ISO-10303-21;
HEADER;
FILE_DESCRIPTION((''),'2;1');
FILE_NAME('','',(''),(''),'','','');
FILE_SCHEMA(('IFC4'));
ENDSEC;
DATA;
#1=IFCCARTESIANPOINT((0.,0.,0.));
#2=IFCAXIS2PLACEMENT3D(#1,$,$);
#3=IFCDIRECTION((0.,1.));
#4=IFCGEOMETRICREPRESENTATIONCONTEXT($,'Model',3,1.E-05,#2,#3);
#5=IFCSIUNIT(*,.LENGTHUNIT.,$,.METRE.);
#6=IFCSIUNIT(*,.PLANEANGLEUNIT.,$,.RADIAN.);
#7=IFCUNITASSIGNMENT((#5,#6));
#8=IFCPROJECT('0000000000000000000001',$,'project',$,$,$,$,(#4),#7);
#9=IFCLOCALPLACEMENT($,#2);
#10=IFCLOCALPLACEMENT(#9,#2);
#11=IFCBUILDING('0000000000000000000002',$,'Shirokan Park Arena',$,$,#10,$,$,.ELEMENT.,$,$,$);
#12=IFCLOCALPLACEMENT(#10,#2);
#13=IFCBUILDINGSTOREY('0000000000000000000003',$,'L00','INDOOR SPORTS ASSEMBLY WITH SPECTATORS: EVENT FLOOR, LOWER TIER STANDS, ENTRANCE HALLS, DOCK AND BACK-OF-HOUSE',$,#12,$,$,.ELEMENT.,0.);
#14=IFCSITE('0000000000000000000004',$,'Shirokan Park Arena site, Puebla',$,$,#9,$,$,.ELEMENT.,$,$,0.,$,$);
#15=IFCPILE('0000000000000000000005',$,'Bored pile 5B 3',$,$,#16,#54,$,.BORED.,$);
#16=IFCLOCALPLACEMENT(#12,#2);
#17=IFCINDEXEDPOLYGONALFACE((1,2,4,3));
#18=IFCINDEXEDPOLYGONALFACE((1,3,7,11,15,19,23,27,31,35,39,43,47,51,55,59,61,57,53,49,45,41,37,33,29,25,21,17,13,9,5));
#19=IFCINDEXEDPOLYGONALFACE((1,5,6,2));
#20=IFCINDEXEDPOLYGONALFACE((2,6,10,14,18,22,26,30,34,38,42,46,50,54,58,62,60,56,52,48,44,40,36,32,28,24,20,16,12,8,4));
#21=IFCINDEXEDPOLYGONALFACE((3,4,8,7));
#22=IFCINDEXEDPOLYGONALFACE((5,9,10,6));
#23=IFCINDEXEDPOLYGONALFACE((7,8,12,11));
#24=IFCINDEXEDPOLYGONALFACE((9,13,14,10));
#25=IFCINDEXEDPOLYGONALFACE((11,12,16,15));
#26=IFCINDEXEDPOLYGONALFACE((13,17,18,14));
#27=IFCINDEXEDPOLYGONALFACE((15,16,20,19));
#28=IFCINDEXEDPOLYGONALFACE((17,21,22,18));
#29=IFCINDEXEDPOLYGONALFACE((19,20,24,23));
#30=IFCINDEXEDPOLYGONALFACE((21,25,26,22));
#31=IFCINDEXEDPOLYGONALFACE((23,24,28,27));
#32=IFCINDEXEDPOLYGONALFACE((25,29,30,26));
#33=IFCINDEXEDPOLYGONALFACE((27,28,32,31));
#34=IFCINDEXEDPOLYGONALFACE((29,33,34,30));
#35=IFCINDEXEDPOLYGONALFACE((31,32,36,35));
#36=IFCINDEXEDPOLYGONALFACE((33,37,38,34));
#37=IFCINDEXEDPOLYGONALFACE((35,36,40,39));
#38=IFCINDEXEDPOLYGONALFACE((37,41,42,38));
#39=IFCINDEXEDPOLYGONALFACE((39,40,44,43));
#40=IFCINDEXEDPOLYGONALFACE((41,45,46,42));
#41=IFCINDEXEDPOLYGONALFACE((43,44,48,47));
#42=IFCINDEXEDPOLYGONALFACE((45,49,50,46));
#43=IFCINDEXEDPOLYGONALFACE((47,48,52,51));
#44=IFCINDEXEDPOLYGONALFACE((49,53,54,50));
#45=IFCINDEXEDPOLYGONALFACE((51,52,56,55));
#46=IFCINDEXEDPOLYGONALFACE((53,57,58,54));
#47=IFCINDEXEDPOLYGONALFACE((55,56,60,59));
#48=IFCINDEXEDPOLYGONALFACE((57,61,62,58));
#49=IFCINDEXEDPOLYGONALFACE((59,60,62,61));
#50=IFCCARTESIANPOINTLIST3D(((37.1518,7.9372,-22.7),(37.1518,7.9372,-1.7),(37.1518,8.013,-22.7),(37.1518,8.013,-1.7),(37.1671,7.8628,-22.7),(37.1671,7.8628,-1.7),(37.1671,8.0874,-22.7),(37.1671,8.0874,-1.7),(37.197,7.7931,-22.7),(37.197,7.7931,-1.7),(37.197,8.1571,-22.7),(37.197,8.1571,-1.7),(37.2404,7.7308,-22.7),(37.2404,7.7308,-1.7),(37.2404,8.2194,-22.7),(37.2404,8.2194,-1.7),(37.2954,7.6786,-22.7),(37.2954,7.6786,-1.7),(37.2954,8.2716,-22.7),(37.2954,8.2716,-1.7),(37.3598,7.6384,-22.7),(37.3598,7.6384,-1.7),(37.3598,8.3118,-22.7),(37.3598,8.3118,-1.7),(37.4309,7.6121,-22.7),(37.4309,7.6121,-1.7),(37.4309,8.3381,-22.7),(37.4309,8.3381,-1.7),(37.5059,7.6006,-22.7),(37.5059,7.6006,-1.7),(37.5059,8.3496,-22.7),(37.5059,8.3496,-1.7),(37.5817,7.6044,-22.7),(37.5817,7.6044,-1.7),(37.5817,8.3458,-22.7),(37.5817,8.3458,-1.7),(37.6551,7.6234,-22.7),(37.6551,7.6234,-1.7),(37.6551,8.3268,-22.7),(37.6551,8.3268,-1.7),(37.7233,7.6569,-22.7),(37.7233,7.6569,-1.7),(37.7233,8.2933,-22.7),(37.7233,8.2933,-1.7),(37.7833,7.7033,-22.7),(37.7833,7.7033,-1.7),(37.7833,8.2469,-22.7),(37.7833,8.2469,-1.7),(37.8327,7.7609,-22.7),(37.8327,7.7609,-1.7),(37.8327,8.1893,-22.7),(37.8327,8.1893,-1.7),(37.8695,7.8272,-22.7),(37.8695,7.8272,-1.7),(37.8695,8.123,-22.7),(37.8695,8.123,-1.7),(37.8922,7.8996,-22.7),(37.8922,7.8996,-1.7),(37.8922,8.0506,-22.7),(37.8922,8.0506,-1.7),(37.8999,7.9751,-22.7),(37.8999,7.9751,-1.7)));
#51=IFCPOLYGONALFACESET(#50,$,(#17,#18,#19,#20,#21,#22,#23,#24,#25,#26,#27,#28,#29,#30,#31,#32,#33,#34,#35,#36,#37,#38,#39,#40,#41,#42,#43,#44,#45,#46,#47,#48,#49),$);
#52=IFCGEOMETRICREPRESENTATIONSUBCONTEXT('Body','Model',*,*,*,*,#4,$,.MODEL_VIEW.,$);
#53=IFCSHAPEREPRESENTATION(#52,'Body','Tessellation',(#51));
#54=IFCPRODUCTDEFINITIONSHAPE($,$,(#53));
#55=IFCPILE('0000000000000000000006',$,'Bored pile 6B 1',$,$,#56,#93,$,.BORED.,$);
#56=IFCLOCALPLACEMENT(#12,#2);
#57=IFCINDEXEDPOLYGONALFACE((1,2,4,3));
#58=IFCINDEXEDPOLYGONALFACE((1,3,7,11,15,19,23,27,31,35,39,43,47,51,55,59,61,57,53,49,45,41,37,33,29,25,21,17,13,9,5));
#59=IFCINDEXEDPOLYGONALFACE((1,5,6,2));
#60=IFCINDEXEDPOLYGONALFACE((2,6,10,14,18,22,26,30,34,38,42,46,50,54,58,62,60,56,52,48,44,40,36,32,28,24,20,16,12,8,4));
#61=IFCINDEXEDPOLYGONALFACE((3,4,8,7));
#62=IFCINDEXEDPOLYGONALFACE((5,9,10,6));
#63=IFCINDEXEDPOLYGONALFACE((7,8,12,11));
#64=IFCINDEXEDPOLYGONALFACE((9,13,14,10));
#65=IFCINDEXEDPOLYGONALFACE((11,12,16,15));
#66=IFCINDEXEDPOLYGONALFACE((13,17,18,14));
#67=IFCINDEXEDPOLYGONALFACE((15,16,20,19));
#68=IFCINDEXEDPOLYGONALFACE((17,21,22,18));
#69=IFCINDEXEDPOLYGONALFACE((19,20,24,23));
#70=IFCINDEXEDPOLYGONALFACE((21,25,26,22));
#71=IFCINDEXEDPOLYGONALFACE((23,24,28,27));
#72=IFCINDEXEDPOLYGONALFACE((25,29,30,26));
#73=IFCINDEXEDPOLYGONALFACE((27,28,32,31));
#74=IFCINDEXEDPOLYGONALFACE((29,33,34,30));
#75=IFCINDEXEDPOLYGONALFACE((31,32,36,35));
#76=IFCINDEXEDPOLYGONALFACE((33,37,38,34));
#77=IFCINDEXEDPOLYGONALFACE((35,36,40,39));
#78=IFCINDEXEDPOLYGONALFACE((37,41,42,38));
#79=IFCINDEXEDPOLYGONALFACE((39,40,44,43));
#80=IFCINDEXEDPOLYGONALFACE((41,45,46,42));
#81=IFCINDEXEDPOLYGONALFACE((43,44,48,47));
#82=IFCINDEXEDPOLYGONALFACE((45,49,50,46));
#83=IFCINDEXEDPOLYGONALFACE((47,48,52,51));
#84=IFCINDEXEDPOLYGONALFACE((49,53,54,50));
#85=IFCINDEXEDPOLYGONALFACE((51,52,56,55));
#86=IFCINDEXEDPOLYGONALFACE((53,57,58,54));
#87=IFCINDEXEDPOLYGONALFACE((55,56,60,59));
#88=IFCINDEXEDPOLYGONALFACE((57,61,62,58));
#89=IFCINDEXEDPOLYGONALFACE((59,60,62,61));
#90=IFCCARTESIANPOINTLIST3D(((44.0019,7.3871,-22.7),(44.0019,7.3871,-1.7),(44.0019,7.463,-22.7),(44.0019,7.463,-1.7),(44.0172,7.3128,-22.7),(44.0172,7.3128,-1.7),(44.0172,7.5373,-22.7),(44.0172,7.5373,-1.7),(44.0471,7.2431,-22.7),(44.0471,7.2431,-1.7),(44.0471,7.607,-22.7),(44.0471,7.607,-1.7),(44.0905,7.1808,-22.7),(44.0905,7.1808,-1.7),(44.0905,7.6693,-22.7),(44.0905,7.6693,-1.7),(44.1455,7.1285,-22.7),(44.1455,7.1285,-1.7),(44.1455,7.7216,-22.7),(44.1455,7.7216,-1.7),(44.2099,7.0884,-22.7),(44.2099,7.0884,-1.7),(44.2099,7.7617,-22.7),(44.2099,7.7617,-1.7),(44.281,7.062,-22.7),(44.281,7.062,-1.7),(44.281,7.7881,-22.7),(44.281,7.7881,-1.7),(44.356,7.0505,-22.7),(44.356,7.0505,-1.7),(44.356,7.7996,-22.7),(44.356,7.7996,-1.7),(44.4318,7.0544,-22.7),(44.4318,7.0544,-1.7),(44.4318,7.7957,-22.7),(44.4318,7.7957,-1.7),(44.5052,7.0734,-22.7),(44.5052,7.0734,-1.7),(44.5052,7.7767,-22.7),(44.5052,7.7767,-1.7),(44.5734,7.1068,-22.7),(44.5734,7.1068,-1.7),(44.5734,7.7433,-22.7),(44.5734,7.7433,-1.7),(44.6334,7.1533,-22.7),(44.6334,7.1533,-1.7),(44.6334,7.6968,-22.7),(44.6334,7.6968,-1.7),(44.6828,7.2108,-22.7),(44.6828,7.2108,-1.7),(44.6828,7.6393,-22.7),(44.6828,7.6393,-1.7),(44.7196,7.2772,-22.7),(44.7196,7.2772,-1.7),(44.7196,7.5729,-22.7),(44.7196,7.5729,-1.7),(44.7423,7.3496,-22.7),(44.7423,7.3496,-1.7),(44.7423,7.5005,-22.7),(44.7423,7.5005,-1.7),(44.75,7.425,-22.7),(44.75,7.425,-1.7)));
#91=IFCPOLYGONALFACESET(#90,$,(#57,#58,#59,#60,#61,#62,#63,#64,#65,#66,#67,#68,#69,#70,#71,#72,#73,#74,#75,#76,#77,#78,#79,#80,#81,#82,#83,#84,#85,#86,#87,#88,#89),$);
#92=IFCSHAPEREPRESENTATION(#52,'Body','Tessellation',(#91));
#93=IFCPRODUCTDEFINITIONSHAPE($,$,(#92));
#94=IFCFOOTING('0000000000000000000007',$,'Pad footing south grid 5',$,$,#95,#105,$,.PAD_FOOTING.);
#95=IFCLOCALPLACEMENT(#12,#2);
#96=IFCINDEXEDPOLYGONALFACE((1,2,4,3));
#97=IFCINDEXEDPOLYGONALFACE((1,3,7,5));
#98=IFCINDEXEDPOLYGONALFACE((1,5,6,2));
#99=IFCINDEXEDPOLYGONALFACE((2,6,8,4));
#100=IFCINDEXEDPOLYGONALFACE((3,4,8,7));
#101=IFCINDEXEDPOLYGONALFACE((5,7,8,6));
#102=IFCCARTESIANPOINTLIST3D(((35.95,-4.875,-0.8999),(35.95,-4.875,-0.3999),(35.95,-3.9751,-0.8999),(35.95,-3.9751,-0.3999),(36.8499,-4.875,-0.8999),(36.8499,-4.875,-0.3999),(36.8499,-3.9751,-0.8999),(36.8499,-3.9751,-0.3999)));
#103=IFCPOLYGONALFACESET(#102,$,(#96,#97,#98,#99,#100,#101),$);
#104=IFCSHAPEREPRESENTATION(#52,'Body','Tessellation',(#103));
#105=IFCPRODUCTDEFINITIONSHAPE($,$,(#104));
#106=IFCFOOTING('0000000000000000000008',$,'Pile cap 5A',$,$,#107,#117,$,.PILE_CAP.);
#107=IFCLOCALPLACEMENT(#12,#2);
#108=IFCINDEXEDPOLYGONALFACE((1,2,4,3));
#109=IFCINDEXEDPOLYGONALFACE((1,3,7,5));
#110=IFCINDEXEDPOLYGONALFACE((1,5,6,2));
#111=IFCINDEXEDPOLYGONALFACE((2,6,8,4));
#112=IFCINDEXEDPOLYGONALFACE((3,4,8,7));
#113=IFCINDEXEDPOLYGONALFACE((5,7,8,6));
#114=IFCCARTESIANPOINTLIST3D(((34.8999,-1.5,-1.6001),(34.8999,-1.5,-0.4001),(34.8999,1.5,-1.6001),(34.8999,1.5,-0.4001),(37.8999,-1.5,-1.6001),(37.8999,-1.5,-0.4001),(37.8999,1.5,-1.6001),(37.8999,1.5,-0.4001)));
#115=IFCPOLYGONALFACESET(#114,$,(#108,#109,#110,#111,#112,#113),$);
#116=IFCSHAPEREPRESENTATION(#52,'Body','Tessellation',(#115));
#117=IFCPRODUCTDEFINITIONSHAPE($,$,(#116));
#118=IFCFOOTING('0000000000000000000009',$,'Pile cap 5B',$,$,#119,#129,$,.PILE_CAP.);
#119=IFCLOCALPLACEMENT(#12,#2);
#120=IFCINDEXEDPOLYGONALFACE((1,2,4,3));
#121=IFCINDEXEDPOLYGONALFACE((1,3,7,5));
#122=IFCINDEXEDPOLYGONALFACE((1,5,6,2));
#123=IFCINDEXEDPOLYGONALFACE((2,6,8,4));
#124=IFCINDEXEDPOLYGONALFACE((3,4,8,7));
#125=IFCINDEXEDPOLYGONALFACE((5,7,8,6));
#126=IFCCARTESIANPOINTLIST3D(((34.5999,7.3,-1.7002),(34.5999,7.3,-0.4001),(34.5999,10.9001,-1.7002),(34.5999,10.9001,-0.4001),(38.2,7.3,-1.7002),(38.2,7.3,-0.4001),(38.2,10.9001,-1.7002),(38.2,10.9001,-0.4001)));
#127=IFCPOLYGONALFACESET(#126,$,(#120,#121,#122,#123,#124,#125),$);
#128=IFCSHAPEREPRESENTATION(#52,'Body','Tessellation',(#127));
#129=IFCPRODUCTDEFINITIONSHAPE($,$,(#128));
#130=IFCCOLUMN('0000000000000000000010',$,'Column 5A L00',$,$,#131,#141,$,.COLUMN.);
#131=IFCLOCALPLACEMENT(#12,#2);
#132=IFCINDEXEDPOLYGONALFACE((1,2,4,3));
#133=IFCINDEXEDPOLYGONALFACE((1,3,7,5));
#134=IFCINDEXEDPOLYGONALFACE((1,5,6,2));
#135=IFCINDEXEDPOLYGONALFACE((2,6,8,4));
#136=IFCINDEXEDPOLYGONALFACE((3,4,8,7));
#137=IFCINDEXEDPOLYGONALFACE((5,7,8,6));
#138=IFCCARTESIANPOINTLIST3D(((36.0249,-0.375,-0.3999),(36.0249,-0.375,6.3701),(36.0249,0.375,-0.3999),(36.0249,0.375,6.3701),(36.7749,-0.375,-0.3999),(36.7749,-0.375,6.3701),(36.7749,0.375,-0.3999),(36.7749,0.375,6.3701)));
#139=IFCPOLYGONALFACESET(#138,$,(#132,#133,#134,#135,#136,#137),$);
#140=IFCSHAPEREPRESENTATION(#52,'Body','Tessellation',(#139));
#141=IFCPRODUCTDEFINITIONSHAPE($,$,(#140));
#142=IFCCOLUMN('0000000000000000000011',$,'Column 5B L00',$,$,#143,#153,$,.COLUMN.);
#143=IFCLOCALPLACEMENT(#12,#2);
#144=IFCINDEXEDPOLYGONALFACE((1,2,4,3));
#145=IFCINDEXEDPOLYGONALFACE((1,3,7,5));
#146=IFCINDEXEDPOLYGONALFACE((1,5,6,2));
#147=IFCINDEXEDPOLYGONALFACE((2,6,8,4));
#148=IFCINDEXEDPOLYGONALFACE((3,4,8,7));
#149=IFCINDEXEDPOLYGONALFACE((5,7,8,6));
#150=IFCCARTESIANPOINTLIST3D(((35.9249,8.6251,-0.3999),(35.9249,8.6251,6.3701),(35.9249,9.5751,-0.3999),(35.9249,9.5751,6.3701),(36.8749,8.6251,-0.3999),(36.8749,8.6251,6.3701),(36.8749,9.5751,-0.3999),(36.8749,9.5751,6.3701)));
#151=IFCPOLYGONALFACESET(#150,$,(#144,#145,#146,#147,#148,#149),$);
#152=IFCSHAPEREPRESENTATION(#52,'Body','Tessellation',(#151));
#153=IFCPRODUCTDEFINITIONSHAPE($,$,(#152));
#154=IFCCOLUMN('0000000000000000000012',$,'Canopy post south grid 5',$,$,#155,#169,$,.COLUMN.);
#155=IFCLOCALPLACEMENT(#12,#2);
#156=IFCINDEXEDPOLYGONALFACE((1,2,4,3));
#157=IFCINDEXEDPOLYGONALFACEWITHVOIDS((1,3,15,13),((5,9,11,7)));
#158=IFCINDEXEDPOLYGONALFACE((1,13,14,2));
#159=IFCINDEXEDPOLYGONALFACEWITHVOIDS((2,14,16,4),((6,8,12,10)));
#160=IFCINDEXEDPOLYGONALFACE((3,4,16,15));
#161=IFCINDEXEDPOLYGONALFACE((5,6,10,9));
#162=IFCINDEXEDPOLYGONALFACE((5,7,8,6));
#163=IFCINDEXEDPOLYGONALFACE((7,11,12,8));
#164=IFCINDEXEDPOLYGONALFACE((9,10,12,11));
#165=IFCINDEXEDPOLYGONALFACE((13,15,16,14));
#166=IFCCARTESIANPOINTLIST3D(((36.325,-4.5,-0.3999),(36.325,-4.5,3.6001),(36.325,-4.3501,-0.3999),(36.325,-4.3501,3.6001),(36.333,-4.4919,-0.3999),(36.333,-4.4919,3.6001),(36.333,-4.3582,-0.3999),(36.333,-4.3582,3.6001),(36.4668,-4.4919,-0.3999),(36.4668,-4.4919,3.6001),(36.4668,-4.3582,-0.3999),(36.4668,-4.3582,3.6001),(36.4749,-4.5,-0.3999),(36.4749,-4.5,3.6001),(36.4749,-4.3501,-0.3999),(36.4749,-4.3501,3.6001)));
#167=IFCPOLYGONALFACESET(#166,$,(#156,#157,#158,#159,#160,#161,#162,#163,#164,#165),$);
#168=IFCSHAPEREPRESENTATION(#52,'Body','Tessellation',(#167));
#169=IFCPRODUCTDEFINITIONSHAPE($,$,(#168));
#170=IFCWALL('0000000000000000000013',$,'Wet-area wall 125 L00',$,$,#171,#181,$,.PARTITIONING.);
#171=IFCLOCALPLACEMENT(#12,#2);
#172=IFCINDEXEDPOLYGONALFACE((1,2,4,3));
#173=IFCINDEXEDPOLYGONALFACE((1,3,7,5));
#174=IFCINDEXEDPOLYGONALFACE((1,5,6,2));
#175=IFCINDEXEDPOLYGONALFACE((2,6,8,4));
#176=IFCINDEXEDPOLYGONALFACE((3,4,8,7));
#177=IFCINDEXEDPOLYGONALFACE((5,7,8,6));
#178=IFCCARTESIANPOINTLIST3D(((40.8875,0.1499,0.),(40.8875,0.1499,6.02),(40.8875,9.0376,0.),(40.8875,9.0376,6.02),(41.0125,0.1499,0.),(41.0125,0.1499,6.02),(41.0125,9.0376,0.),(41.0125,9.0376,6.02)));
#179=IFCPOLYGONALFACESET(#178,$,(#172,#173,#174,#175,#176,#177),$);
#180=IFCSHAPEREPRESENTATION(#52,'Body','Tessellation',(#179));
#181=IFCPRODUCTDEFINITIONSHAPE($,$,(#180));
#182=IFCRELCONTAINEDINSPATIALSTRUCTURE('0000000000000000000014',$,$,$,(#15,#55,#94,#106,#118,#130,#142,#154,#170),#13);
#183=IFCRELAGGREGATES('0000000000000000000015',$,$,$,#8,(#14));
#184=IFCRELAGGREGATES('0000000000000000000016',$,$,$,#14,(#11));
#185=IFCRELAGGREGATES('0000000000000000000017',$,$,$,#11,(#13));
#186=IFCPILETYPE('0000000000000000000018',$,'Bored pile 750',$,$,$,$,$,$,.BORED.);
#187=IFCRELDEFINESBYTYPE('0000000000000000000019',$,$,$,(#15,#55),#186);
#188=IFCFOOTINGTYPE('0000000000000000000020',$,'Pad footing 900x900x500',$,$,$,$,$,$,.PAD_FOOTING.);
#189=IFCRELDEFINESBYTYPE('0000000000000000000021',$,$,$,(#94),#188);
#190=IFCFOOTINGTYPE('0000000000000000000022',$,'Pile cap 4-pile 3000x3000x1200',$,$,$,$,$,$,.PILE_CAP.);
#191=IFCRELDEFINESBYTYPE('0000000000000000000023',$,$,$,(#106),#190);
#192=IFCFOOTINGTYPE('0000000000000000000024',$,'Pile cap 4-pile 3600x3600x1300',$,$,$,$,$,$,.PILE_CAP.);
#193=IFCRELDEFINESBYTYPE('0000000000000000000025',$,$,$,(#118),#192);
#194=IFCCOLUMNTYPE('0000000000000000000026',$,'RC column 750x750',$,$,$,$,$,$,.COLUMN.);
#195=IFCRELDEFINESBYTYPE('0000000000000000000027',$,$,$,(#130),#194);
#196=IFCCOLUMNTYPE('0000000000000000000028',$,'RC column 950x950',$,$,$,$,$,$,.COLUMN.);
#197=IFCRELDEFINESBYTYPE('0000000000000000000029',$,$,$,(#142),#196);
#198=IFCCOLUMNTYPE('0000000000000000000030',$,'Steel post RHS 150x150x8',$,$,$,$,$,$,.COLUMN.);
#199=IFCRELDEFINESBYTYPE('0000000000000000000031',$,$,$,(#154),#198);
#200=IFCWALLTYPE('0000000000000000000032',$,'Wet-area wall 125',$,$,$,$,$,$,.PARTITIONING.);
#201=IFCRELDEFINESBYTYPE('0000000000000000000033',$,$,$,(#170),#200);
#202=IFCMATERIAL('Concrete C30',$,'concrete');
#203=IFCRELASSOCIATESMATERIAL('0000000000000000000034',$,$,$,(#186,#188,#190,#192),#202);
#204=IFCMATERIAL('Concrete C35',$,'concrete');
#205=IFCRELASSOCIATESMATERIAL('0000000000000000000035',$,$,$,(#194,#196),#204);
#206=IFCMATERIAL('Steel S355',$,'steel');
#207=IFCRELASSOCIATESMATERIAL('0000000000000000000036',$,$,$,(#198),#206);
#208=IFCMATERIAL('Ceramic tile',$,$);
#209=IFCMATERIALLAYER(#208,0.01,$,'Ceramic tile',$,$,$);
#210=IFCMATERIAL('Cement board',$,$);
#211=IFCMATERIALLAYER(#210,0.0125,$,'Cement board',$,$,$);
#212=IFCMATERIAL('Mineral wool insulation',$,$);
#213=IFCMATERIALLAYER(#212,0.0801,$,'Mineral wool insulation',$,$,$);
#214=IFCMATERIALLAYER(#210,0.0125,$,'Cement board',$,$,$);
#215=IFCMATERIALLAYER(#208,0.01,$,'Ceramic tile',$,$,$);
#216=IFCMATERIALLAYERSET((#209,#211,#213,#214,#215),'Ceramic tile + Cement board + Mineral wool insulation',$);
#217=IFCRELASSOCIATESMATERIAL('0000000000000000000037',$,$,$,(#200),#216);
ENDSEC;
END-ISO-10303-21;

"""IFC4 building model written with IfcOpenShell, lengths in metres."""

from ifc_helpers import new_model, si_unit, direction, frame, frame_2d, origin, origin_2d, place, context, subcontext, project, spatial, rectangle, hollow_rectangle, circle, extrude, material, layer, layer_set, material_profile, profile_set, type_object, element, save


model = new_model("IFC4")

# Units and contexts
model_context = context("Model", 3, precision=1e-05, world=origin(), true_north=direction((0.0, 1.0)))
body_context = subcontext(model_context, "Body", "Model", "MODEL_VIEW")
ifc_project = project(units=[si_unit("LENGTHUNIT", "METRE"), si_unit("PLANEANGLEUNIT", "RADIAN")], contexts=[model_context])

# Site, building, storey
site_placement = place(None, origin())
site = spatial("IfcSite", under=ifc_project, at=site_placement, Name="Shirokan Park Arena site, Puebla", CompositionType="ELEMENT", RefElevation=0.0)
building_placement = place(site_placement, origin())
building = spatial("IfcBuilding", under=site, at=building_placement, Name="Shirokan Park Arena", CompositionType="ELEMENT")
storey_placement = place(building_placement, origin())
storey = spatial("IfcBuildingStorey", under=building, at=storey_placement, Name="L00", Description="INDOOR SPORTS ASSEMBLY WITH SPECTATORS: EVENT FLOOR, LOWER TIER STANDS, ENTRANCE HALLS, DOCK AND BACK-OF-HOUSE", CompositionType="ELEMENT", Elevation=0.0)

# Piles
ifc_material_1 = material(Name="Concrete C30", Category="concrete")
ifc_material_profile_1 = material_profile(ifc_material_1, circle(Radius=0.375, at=origin_2d()), Name="D750")
ifc_profile_set_1 = profile_set([ifc_material_profile_1], Name="Concrete C30")
pile_type_1 = type_object("IfcPileType", Name="Bored pile 750", PredefinedType="BORED", material=ifc_profile_set_1)
for number, where, z_axis, x_axis, name in (
    (1, (37.5249, 7.9751, -1.7), (0.0, 0.0, -1.0), (1.0, 0.0, 0.0), "Bored pile 5B 3"),
    (2, (44.375, 7.425, -1.7), (0.0, 0.0, -1.0), (1.0, 0.0, 0.0), "Bored pile 6B 1"),
):
    element("IfcPile", number, at=place(storey_placement, frame(where, z_axis=z_axis, x_axis=x_axis)), inside=storey, type_object=pile_type_1, Name=name, PredefinedType="BORED", context=body_context, shape_type="SweptSolid", body=[
        extrude(circle(Radius=0.375, at=origin_2d()), origin(), (0.0, 0.0, 1.0), 21.0),
    ])

# Footings
footing_type_1 = type_object("IfcFootingType", Name="Pad footing 900x900x500", PredefinedType="PAD_FOOTING", material=ifc_material_1)
footing_1_placement = place(storey_placement, frame((36.3999, -4.425, -0.8999), z_axis=(0.0, 0.0, 1.0), x_axis=(1.0, 0.0, 0.0)))
element("IfcFooting", 3, at=footing_1_placement, inside=storey, type_object=footing_type_1, Name="Pad footing south grid 5", PredefinedType="PAD_FOOTING", context=body_context, shape_type="SweptSolid", body=[
    extrude(rectangle(XDim=0.8999, YDim=0.8999, at=origin_2d()), origin(), (0.0, 0.0, 1.0), 0.5),
])
footing_type_2 = type_object("IfcFootingType", Name="Pile cap 4-pile 3000x3000x1200", PredefinedType="PILE_CAP", material=ifc_material_1)
footing_2_placement = place(storey_placement, frame((36.3999, 0.0, -1.6001), z_axis=(0.0, 0.0, 1.0), x_axis=(1.0, 0.0, 0.0)))
element("IfcFooting", 4, at=footing_2_placement, inside=storey, type_object=footing_type_2, Name="Pile cap 5A", PredefinedType="PILE_CAP", context=body_context, shape_type="SweptSolid", body=[
    extrude(rectangle(XDim=3.0, YDim=3.0, at=origin_2d()), origin(), (0.0, 0.0, 1.0), 1.2),
])
footing_type_3 = type_object("IfcFootingType", Name="Pile cap 4-pile 3600x3600x1300", PredefinedType="PILE_CAP", material=ifc_material_1)
footing_3_placement = place(storey_placement, frame((36.3999, 9.1001, -1.7002), z_axis=(0.0, 0.0, 1.0), x_axis=(1.0, 0.0, 0.0)))
element("IfcFooting", 5, at=footing_3_placement, inside=storey, type_object=footing_type_3, Name="Pile cap 5B", PredefinedType="PILE_CAP", context=body_context, shape_type="SweptSolid", body=[
    extrude(rectangle(XDim=3.6001, YDim=3.6001, at=origin_2d()), origin(), (0.0, 0.0, 1.0), 1.3),
])

# Columns
ifc_material_2 = material(Name="Concrete C35", Category="concrete")
ifc_material_profile_2 = material_profile(ifc_material_2, rectangle(XDim=0.75, YDim=0.75, at=origin_2d()), Name="750x750")
ifc_profile_set_2 = profile_set([ifc_material_profile_2], Name="Concrete C35")
column_type_1 = type_object("IfcColumnType", Name="RC column 750x750", PredefinedType="COLUMN", material=ifc_profile_set_2)
column_1_placement = place(storey_placement, frame((36.3999, 0.0, -0.3999), z_axis=(0.0, 0.0, 1.0), x_axis=(1.0, 0.0, 0.0)))
element("IfcColumn", 6, at=column_1_placement, inside=storey, type_object=column_type_1, Name="Column 5A L00", PredefinedType="COLUMN", context=body_context, shape_type="SweptSolid", body=[
    extrude(rectangle(XDim=0.75, YDim=0.75, at=origin_2d()), origin(), (0.0, 0.0, 1.0), 6.77),
])
ifc_material_profile_3 = material_profile(ifc_material_2, rectangle(XDim=0.95, YDim=0.95, at=origin_2d()), Name="950x950")
ifc_profile_set_3 = profile_set([ifc_material_profile_3], Name="Concrete C35")
column_type_2 = type_object("IfcColumnType", Name="RC column 950x950", PredefinedType="COLUMN", material=ifc_profile_set_3)
column_2_placement = place(storey_placement, frame((36.3999, 9.1001, -0.3999), z_axis=(0.0, 0.0, 1.0), x_axis=(1.0, 0.0, 0.0)))
element("IfcColumn", 7, at=column_2_placement, inside=storey, type_object=column_type_2, Name="Column 5B L00", PredefinedType="COLUMN", context=body_context, shape_type="SweptSolid", body=[
    extrude(rectangle(XDim=0.95, YDim=0.95, at=origin_2d()), origin(), (0.0, 0.0, 1.0), 6.77),
])
ifc_material_3 = material(Name="Steel S355", Category="steel")
ifc_material_profile_4 = material_profile(ifc_material_3, hollow_rectangle(XDim=0.1499, YDim=0.1499, WallThickness=0.0081, at=origin_2d()), Name="RHS 150x150x8")
ifc_profile_set_4 = profile_set([ifc_material_profile_4], Name="Steel S355")
column_type_3 = type_object("IfcColumnType", Name="Steel post RHS 150x150x8", PredefinedType="COLUMN", material=ifc_profile_set_4)
column_3_placement = place(storey_placement, frame((36.3999, -4.425, -0.3999), z_axis=(0.0, 0.0, 1.0), x_axis=(1.0, 0.0, 0.0)))
element("IfcColumn", 8, at=column_3_placement, inside=storey, type_object=column_type_3, Name="Canopy post south grid 5", PredefinedType="COLUMN", context=body_context, shape_type="SweptSolid", body=[
    extrude(hollow_rectangle(XDim=0.1499, YDim=0.1499, WallThickness=0.0081, at=origin_2d()), origin(), (0.0, 0.0, 1.0), 4.0),
])

# Shared definitions
ifc_material_4 = material(Name="Mineral wool insulation")

# Wall
ifc_material_5 = material(Name="Ceramic tile")
ifc_layer_1 = layer(ifc_material_5, 0.01, Name="Ceramic tile")
ifc_material_6 = material(Name="Cement board")
ifc_layer_2 = layer(ifc_material_6, 0.0125, Name="Cement board")
ifc_layer_3 = layer(ifc_material_4, 0.0801, Name="Mineral wool insulation")
ifc_layer_4 = layer(ifc_material_6, 0.0125, Name="Cement board")
ifc_layer_5 = layer(ifc_material_5, 0.01, Name="Ceramic tile")
ifc_layer_set_1 = layer_set([ifc_layer_1, ifc_layer_2, ifc_layer_3, ifc_layer_4, ifc_layer_5], Name="Ceramic tile + Cement board + Mineral wool insulation")
wall_type_1 = type_object("IfcWallType", Name="Wet-area wall 125", PredefinedType="PARTITIONING", material=ifc_layer_set_1)
wall_1_placement = place(storey_placement, frame((40.95, 9.0376, 0.0), z_axis=(0.0, 0.0, 1.0), x_axis=(0.0, -1.0, 0.0)))
element("IfcWall", 9, at=wall_1_placement, inside=storey, type_object=wall_type_1, Name="Wet-area wall 125 L00", PredefinedType="PARTITIONING", context=body_context, shape_type="SweptSolid", body=[
    extrude(rectangle(XDim=8.8877, YDim=0.125, at=frame_2d((4.4438, 0.0))), origin(), (0.0, 0.0, 1.0), 6.02),
])

save(model, "model.ifc")
